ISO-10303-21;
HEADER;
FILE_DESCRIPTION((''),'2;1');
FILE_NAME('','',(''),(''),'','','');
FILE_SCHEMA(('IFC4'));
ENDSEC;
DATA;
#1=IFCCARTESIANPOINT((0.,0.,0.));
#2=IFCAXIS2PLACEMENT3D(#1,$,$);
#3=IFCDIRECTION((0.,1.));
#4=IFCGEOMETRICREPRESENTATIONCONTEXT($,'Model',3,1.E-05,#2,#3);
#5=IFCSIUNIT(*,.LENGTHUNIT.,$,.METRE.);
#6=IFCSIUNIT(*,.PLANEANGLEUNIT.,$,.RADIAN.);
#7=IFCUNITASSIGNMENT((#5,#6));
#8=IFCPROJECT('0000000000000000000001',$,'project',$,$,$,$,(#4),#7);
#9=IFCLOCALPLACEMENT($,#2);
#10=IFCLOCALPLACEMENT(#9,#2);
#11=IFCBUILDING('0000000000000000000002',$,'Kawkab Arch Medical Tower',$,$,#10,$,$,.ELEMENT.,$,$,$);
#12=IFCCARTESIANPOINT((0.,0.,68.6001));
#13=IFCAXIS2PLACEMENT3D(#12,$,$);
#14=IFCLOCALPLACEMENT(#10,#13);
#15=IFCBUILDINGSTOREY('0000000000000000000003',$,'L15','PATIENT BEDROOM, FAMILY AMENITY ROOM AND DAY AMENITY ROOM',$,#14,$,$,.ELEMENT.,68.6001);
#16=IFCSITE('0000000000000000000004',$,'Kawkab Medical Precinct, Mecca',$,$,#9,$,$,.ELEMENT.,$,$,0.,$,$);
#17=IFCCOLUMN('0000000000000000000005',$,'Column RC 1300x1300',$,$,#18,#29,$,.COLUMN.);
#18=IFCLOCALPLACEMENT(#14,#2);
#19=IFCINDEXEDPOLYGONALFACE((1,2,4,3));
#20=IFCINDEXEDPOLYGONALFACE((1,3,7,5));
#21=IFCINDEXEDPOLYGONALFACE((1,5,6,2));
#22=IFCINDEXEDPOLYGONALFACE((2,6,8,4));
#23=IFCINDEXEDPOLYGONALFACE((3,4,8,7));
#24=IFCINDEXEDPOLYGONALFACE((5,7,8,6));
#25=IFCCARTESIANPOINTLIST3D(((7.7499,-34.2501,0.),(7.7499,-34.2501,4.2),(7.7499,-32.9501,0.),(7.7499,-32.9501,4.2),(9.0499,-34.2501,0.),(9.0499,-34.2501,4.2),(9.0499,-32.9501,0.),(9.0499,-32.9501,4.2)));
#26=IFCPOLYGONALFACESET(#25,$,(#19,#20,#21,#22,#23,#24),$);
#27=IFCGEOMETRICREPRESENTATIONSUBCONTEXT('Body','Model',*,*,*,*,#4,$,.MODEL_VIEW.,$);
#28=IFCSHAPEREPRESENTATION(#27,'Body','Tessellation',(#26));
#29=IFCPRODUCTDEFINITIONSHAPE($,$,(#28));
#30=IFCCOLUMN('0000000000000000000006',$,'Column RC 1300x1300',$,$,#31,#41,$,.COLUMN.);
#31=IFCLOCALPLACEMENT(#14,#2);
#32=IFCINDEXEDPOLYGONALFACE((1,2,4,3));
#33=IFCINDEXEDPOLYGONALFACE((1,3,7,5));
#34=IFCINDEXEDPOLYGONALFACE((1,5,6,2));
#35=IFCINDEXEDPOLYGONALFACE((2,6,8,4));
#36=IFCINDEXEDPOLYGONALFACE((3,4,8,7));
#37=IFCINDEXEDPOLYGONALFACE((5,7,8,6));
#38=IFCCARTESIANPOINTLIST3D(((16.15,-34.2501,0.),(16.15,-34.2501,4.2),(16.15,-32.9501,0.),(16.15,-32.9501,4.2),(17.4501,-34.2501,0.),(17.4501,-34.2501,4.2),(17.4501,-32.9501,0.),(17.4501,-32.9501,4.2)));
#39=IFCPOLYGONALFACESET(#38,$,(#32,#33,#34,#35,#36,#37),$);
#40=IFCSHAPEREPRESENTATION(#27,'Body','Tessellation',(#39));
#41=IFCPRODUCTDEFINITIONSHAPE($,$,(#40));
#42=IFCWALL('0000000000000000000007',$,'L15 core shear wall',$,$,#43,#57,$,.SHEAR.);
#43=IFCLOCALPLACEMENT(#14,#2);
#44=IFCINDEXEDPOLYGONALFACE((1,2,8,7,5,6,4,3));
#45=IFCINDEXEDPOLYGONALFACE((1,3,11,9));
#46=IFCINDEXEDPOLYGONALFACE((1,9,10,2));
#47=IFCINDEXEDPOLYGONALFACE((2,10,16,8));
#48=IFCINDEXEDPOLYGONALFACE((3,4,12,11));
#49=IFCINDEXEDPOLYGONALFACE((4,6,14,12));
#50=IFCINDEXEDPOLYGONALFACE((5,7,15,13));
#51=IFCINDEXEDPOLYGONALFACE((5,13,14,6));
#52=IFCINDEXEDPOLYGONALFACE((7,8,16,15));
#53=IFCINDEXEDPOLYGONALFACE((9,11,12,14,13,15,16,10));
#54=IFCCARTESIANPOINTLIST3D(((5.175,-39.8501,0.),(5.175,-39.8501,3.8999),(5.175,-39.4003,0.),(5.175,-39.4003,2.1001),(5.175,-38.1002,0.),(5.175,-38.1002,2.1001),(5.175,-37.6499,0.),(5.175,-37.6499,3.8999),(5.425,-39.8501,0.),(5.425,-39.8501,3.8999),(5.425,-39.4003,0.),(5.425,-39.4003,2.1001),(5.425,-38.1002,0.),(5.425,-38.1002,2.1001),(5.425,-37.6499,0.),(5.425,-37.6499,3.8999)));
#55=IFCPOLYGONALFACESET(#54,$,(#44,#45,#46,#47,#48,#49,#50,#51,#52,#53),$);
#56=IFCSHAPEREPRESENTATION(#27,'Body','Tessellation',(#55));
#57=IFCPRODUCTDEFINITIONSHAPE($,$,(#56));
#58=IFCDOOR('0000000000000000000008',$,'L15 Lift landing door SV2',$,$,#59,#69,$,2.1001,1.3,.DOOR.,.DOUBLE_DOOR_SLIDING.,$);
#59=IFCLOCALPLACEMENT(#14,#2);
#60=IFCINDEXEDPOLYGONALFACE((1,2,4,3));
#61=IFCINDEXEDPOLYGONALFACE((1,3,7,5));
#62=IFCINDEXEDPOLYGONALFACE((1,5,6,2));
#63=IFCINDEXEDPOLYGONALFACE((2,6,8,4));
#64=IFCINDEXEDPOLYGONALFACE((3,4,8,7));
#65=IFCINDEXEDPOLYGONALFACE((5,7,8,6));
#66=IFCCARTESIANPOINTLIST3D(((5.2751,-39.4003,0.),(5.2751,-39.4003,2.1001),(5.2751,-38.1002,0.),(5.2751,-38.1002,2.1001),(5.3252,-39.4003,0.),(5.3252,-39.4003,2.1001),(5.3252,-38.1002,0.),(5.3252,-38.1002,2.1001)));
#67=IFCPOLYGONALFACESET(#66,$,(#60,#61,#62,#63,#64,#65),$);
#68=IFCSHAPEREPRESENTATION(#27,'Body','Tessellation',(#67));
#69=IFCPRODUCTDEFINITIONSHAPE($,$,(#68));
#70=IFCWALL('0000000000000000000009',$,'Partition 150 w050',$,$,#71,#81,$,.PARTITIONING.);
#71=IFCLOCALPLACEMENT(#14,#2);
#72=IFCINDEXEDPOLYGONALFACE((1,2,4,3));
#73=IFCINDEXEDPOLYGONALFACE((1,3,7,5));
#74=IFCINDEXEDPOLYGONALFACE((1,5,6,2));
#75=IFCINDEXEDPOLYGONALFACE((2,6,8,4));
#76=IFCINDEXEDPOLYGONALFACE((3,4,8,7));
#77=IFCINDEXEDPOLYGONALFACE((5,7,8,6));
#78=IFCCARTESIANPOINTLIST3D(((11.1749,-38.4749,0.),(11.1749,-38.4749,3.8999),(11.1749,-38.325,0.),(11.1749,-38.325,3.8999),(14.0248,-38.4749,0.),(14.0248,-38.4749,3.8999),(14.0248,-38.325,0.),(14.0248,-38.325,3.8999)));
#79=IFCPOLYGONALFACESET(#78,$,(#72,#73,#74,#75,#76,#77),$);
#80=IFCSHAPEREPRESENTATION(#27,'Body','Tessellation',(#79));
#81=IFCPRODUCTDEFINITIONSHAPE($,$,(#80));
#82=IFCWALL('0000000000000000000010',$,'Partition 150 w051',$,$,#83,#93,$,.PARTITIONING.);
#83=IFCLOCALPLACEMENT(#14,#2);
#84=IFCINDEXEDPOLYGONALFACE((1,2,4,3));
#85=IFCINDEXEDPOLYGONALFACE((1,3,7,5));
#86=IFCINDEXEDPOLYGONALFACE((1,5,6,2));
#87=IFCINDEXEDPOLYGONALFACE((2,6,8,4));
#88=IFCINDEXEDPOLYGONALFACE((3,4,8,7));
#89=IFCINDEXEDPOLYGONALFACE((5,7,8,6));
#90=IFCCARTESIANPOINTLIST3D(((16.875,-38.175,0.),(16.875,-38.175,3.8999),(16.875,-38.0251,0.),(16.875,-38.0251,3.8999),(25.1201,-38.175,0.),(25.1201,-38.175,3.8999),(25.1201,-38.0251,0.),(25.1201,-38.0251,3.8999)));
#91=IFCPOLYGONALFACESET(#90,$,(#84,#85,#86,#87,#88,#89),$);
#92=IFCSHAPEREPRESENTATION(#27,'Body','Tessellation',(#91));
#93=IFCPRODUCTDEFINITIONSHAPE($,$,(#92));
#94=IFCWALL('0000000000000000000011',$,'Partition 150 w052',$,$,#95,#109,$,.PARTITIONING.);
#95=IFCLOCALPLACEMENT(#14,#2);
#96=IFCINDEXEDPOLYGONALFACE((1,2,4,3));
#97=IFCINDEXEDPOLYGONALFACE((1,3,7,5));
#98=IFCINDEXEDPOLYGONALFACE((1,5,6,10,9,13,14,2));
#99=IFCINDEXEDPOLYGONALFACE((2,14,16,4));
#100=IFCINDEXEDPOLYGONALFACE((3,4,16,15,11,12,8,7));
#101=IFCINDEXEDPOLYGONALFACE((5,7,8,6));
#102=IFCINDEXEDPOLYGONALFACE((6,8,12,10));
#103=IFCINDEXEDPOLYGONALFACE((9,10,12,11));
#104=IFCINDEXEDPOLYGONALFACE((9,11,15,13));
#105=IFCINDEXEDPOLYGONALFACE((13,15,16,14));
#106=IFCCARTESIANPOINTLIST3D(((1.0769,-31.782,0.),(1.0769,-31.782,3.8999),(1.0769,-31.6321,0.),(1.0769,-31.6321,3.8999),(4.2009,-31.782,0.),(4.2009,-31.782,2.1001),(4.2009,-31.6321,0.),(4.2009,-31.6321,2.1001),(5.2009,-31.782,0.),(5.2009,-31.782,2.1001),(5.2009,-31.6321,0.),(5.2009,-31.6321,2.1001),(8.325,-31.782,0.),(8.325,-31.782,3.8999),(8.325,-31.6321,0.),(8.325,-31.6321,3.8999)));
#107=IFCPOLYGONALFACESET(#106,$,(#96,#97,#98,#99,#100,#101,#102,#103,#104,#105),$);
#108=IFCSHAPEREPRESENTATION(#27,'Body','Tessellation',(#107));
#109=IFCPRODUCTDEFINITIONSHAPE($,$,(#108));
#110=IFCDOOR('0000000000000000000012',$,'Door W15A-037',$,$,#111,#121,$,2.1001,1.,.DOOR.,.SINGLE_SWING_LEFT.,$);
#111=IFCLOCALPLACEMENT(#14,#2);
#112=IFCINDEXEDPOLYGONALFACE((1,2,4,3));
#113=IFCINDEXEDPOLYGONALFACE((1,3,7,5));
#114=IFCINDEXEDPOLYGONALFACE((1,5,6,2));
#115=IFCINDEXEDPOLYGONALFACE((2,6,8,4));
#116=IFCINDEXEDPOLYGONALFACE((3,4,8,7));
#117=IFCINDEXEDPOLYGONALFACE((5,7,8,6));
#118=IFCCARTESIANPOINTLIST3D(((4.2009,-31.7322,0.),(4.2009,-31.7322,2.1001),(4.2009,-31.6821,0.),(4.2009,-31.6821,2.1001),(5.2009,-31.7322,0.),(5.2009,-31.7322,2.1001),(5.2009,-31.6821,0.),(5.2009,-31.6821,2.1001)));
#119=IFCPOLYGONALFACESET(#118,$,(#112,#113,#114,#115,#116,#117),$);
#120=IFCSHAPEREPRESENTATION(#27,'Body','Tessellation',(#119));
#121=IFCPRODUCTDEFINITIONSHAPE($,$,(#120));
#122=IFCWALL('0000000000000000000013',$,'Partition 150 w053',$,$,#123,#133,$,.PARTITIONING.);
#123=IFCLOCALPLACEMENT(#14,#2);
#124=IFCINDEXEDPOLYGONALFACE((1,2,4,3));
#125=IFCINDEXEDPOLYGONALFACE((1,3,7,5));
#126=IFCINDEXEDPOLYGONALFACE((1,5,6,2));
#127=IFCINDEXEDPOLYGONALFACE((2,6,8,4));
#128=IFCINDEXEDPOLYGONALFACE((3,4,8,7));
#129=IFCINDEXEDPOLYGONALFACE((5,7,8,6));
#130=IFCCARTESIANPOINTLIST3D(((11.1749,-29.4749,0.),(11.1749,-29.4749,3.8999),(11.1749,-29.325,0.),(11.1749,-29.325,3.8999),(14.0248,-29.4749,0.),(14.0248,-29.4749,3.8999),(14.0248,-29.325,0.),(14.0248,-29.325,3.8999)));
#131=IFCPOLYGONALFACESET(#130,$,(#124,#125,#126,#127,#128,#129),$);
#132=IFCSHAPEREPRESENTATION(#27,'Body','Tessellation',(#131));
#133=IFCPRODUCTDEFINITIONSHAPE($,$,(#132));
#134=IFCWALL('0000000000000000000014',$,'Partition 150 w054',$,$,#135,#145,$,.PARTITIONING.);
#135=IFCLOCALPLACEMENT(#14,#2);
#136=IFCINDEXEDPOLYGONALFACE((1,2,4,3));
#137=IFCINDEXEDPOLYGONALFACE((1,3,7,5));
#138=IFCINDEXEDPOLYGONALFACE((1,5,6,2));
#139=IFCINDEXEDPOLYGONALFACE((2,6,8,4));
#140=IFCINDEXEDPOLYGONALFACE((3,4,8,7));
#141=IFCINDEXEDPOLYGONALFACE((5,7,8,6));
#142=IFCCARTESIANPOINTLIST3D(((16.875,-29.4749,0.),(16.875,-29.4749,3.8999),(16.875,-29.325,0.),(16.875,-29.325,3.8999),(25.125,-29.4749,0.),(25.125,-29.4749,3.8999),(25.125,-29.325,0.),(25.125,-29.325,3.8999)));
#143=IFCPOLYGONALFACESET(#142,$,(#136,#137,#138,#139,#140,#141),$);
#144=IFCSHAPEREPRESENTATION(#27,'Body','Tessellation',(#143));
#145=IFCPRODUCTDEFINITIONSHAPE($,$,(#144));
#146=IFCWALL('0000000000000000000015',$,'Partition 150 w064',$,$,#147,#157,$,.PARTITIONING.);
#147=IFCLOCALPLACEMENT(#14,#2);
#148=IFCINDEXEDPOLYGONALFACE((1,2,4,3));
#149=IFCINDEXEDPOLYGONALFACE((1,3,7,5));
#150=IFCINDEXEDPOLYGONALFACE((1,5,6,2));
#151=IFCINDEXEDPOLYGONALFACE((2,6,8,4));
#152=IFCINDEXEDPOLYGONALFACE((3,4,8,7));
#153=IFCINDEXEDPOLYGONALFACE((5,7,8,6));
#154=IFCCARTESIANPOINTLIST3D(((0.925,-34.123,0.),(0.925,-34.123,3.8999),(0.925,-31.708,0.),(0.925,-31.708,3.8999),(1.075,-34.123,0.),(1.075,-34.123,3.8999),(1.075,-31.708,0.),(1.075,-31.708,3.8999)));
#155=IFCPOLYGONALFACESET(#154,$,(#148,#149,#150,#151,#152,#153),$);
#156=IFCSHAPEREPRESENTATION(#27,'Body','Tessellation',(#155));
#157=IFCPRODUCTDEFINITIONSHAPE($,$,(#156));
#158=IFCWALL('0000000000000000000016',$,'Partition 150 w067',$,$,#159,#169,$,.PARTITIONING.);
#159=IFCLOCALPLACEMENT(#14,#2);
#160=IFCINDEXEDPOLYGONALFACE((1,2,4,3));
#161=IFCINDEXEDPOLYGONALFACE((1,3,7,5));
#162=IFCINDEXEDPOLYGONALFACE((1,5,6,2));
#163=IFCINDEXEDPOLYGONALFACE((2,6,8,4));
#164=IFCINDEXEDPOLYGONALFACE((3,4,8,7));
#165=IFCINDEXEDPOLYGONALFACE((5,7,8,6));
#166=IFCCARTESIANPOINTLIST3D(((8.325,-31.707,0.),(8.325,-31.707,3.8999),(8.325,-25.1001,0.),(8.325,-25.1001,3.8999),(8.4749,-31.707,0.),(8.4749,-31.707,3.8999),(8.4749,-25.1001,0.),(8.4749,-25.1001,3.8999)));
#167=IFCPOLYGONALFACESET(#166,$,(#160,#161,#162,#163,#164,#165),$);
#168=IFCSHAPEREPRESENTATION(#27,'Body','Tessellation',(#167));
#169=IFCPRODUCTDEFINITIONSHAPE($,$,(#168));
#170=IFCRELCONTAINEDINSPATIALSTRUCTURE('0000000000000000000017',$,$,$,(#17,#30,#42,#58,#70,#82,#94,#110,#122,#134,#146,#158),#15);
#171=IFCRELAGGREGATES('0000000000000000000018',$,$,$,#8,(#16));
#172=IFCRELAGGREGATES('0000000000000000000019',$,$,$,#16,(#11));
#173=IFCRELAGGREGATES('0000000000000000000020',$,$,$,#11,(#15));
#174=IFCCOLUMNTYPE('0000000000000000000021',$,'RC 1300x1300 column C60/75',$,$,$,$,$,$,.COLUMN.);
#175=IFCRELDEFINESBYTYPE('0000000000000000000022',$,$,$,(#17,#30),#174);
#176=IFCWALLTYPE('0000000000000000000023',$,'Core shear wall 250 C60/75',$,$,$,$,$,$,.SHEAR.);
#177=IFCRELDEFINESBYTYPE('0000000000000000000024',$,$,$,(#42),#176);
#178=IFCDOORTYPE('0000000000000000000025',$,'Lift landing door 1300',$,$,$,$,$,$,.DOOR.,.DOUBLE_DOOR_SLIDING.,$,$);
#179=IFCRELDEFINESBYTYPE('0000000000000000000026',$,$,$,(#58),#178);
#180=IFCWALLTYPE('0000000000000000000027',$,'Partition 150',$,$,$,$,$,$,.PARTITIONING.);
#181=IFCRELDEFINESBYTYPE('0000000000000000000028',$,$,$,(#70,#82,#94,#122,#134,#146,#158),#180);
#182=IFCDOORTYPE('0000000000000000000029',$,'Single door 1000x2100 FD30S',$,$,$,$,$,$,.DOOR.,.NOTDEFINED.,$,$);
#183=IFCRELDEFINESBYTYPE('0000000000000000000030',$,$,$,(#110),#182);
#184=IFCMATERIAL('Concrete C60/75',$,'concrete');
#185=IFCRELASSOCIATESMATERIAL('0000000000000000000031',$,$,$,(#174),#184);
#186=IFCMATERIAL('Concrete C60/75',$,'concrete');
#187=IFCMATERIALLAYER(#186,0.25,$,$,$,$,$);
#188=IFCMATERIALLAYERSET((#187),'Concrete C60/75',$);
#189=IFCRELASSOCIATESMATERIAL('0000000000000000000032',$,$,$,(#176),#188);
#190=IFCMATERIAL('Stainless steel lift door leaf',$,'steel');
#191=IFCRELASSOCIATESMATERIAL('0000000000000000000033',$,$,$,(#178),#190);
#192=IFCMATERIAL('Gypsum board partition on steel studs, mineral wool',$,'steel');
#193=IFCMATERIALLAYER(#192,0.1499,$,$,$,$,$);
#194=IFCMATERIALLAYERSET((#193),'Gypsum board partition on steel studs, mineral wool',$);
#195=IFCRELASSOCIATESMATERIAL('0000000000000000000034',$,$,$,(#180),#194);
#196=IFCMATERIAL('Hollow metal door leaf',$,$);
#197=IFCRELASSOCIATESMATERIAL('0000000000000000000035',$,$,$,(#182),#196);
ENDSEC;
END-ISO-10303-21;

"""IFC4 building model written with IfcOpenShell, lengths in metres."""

from ifc_helpers import new_model, si_unit, direction, frame, frame_2d, origin, origin_2d, place, context, subcontext, project, spatial, rectangle, extrude, material, layer, layer_set, material_profile, profile_set, type_object, element, fill, save


model = new_model("IFC4")

# Units and contexts
model_context = context("Model", 3, precision=1e-05, world=origin(), true_north=direction((0.0, 1.0)))
body_context = subcontext(model_context, "Body", "Model", "MODEL_VIEW")
ifc_project = project(units=[si_unit("LENGTHUNIT", "METRE"), si_unit("PLANEANGLEUNIT", "RADIAN")], contexts=[model_context])

# Site, building, storey
site_placement = place(None, origin())
site = spatial("IfcSite", under=ifc_project, at=site_placement, Name="Kawkab Medical Precinct, Mecca", CompositionType="ELEMENT", RefElevation=0.0)
building_placement = place(site_placement, origin())
building = spatial("IfcBuilding", under=site, at=building_placement, Name="Kawkab Arch Medical Tower", CompositionType="ELEMENT")
storey_placement = place(building_placement, frame((0.0, 0.0, 68.6001)))
storey = spatial("IfcBuildingStorey", under=building, at=storey_placement, Name="L15", Description="PATIENT BEDROOM, FAMILY AMENITY ROOM AND DAY AMENITY ROOM", CompositionType="ELEMENT", Elevation=68.6001)

# Columns
ifc_material_1 = material(Name="Concrete C60/75", Category="concrete")
ifc_material_profile = material_profile(ifc_material_1, rectangle(XDim=1.3, YDim=1.3, at=origin_2d()), Name="RC 1300x1300")
ifc_profile_set = profile_set([ifc_material_profile], Name="Concrete C60/75")
column_type = type_object("IfcColumnType", Name="RC 1300x1300 column C60/75", PredefinedType="COLUMN", material=ifc_profile_set)
for number, where, z_axis, x_axis, name in (
    (1, (8.3999, -33.6001, 0.0), (0.0, 0.0, 1.0), (1.0, 0.0, 0.0), "Column RC 1300x1300"),
    (2, (16.8, -33.6001, 0.0), (0.0, 0.0, 1.0), (1.0, 0.0, 0.0), "Column RC 1300x1300"),
):
    element("IfcColumn", number, at=place(storey_placement, frame(where, z_axis=z_axis, x_axis=x_axis)), inside=storey, type_object=column_type, Name=name, PredefinedType="COLUMN", context=body_context, shape_type="SweptSolid", body=[
        extrude(rectangle(XDim=1.3, YDim=1.3, at=origin_2d()), origin(), (0.0, 0.0, 1.0), 4.2),
    ])

# Wall, opening, door
ifc_material_2 = material(Name="Concrete C60/75", Category="concrete")
ifc_layer_1 = layer(ifc_material_2, 0.25)
ifc_layer_set_1 = layer_set([ifc_layer_1], Name="Concrete C60/75")
wall_type_1 = type_object("IfcWallType", Name="Core shear wall 250 C60/75", PredefinedType="SHEAR", material=ifc_layer_set_1)
wall_1_placement = place(storey_placement, frame((5.3, -39.8501, 0.0), z_axis=(0.0, 0.0, 1.0), x_axis=(0.0, 1.0, 0.0)))
wall_1 = element("IfcWall", 3, at=wall_1_placement, inside=storey, type_object=wall_type_1, Name="L15 core shear wall", PredefinedType="SHEAR", context=body_context, shape_type="SweptSolid", body=[
    extrude(rectangle(XDim=2.2002, YDim=0.25, at=frame_2d((1.1001, 0.0))), origin(), (0.0, 0.0, 1.0), 3.8999),
])
opening_1_placement = place(wall_1_placement, frame((0.45, 0.0, 0.0)))
opening_1 = element("IfcOpeningElement", 4, at=opening_1_placement, cuts=wall_1, PredefinedType="OPENING", context=body_context, shape_type="SweptSolid", body=[
    extrude(rectangle(XDim=1.3, YDim=2.1001, at=frame_2d((0.6499, 1.05))), frame((0.0, 0.135, 0.0), z_axis=(0.0, -1.0, 0.0), x_axis=(1.0, 0.0, 0.0)), (0.0, 0.0, 1.0), 0.27),
])
ifc_material_3 = material(Name="Stainless steel lift door leaf", Category="steel")
door_type_1 = type_object("IfcDoorType", Name="Lift landing door 1300", OperationType="DOUBLE_DOOR_SLIDING", PredefinedType="DOOR", material=ifc_material_3)
door_1_placement = place(opening_1_placement, origin())
door_1 = element("IfcDoor", 5, at=door_1_placement, inside=storey, type_object=door_type_1, Name="L15 Lift landing door SV2", OperationType="DOUBLE_DOOR_SLIDING", OverallHeight=2.1001, OverallWidth=1.3, PredefinedType="DOOR", context=body_context, shape_type="SweptSolid", body=[
    extrude(rectangle(XDim=1.3, YDim=2.1001, at=frame_2d((0.6499, 1.05))), frame((0.0, 0.0249, 0.0), z_axis=(0.0, -1.0, 0.0), x_axis=(1.0, 0.0, 0.0)), (0.0, 0.0, 1.0), 0.05),
])
fill(opening_1, door_1)

# Walls
ifc_material_4 = material(Name="Gypsum board partition on steel studs, mineral wool", Category="steel")
ifc_layer_2 = layer(ifc_material_4, 0.1499)
ifc_layer_set_2 = layer_set([ifc_layer_2], Name="Gypsum board partition on steel studs, mineral wool")
wall_type_2 = type_object("IfcWallType", Name="Partition 150", PredefinedType="PARTITIONING", material=ifc_layer_set_2)
wall_2_placement = place(storey_placement, frame((11.175, -38.3999, 0.0), z_axis=(0.0, 0.0, 1.0), x_axis=(1.0, 0.0, 0.0)))
element("IfcWall", 6, at=wall_2_placement, inside=storey, type_object=wall_type_2, Name="Partition 150 w050", PredefinedType="PARTITIONING", context=body_context, shape_type="SweptSolid", body=[
    extrude(rectangle(XDim=2.8499, YDim=0.1499, at=frame_2d((1.4248, 0.0))), origin(), (0.0, 0.0, 1.0), 3.8999),
])
wall_3_placement = place(storey_placement, frame((16.875, -38.1001, 0.0), z_axis=(0.0, 0.0, 1.0), x_axis=(1.0, 0.0, 0.0)))
element("IfcWall", 7, at=wall_3_placement, inside=storey, type_object=wall_type_2, Name="Partition 150 w051", PredefinedType="PARTITIONING", context=body_context, shape_type="SweptSolid", body=[
    extrude(rectangle(XDim=8.2451, YDim=0.1499, at=frame_2d((4.1226, 0.0))), origin(), (0.0, 0.0, 1.0), 3.8999),
])

# Wall, opening, door
wall_4_placement = place(storey_placement, frame((1.0769, -31.707, 0.0), z_axis=(0.0, 0.0, 1.0), x_axis=(1.0, 0.0, 0.0)))
wall_4 = element("IfcWall", 8, at=wall_4_placement, inside=storey, type_object=wall_type_2, Name="Partition 150 w052", PredefinedType="PARTITIONING", context=body_context, shape_type="SweptSolid", body=[
    extrude(rectangle(XDim=7.248, YDim=0.1499, at=frame_2d((3.624, 0.0))), origin(), (0.0, 0.0, 1.0), 3.8999),
])
opening_2_placement = place(wall_4_placement, frame((3.124, 0.0, 0.0)))
opening_2 = element("IfcOpeningElement", 9, at=opening_2_placement, cuts=wall_4, PredefinedType="OPENING", context=body_context, shape_type="SweptSolid", body=[
    extrude(rectangle(XDim=1.0, YDim=2.1001, at=frame_2d((0.5, 1.05))), frame((0.0, 0.085, 0.0), z_axis=(0.0, -1.0, 0.0), x_axis=(1.0, 0.0, 0.0)), (0.0, 0.0, 1.0), 0.1699),
])
ifc_material_5 = material(Name="Hollow metal door leaf")
door_type_2 = type_object("IfcDoorType", Name="Single door 1000x2100 FD30S", OperationType="NOTDEFINED", PredefinedType="DOOR", material=ifc_material_5)
door_2_placement = place(opening_2_placement, origin())
door_2 = element("IfcDoor", 10, at=door_2_placement, inside=storey, type_object=door_type_2, Name="Door W15A-037", OperationType="SINGLE_SWING_LEFT", OverallHeight=2.1001, OverallWidth=1.0, PredefinedType="DOOR", context=body_context, shape_type="SweptSolid", body=[
    extrude(rectangle(XDim=1.0, YDim=2.1001, at=frame_2d((0.5, 1.05))), frame((0.0, 0.0249, 0.0), z_axis=(0.0, -1.0, 0.0), x_axis=(1.0, 0.0, 0.0)), (0.0, 0.0, 1.0), 0.05),
])
fill(opening_2, door_2)

# Walls
wall_5_placement = place(storey_placement, frame((11.175, -29.3999, 0.0), z_axis=(0.0, 0.0, 1.0), x_axis=(1.0, 0.0, 0.0)))
element("IfcWall", 11, at=wall_5_placement, inside=storey, type_object=wall_type_2, Name="Partition 150 w053", PredefinedType="PARTITIONING", context=body_context, shape_type="SweptSolid", body=[
    extrude(rectangle(XDim=2.8499, YDim=0.1499, at=frame_2d((1.4248, 0.0))), origin(), (0.0, 0.0, 1.0), 3.8999),
])
wall_6_placement = place(storey_placement, frame((16.875, -29.3999, 0.0), z_axis=(0.0, 0.0, 1.0), x_axis=(1.0, 0.0, 0.0)))
element("IfcWall", 12, at=wall_6_placement, inside=storey, type_object=wall_type_2, Name="Partition 150 w054", PredefinedType="PARTITIONING", context=body_context, shape_type="SweptSolid", body=[
    extrude(rectangle(XDim=8.25, YDim=0.1499, at=frame_2d((4.125, 0.0))), origin(), (0.0, 0.0, 1.0), 3.8999),
])
wall_7_placement = place(storey_placement, frame((1.0, -34.123, 0.0), z_axis=(0.0, 0.0, 1.0), x_axis=(0.0, 1.0, 0.0)))
element("IfcWall", 13, at=wall_7_placement, inside=storey, type_object=wall_type_2, Name="Partition 150 w064", PredefinedType="PARTITIONING", context=body_context, shape_type="SweptSolid", body=[
    extrude(rectangle(XDim=2.415, YDim=0.1499, at=frame_2d((1.2075, 0.0))), origin(), (0.0, 0.0, 1.0), 3.8999),
])
wall_8_placement = place(storey_placement, frame((8.3999, -31.707, 0.0), z_axis=(0.0, 0.0, 1.0), x_axis=(0.0, 1.0, 0.0)))
element("IfcWall", 14, at=wall_8_placement, inside=storey, type_object=wall_type_2, Name="Partition 150 w067", PredefinedType="PARTITIONING", context=body_context, shape_type="SweptSolid", body=[
    extrude(rectangle(XDim=6.6069, YDim=0.1499, at=frame_2d((3.3035, 0.0))), origin(), (0.0, 0.0, 1.0), 3.8999),
])

save(model, "model.ifc")
